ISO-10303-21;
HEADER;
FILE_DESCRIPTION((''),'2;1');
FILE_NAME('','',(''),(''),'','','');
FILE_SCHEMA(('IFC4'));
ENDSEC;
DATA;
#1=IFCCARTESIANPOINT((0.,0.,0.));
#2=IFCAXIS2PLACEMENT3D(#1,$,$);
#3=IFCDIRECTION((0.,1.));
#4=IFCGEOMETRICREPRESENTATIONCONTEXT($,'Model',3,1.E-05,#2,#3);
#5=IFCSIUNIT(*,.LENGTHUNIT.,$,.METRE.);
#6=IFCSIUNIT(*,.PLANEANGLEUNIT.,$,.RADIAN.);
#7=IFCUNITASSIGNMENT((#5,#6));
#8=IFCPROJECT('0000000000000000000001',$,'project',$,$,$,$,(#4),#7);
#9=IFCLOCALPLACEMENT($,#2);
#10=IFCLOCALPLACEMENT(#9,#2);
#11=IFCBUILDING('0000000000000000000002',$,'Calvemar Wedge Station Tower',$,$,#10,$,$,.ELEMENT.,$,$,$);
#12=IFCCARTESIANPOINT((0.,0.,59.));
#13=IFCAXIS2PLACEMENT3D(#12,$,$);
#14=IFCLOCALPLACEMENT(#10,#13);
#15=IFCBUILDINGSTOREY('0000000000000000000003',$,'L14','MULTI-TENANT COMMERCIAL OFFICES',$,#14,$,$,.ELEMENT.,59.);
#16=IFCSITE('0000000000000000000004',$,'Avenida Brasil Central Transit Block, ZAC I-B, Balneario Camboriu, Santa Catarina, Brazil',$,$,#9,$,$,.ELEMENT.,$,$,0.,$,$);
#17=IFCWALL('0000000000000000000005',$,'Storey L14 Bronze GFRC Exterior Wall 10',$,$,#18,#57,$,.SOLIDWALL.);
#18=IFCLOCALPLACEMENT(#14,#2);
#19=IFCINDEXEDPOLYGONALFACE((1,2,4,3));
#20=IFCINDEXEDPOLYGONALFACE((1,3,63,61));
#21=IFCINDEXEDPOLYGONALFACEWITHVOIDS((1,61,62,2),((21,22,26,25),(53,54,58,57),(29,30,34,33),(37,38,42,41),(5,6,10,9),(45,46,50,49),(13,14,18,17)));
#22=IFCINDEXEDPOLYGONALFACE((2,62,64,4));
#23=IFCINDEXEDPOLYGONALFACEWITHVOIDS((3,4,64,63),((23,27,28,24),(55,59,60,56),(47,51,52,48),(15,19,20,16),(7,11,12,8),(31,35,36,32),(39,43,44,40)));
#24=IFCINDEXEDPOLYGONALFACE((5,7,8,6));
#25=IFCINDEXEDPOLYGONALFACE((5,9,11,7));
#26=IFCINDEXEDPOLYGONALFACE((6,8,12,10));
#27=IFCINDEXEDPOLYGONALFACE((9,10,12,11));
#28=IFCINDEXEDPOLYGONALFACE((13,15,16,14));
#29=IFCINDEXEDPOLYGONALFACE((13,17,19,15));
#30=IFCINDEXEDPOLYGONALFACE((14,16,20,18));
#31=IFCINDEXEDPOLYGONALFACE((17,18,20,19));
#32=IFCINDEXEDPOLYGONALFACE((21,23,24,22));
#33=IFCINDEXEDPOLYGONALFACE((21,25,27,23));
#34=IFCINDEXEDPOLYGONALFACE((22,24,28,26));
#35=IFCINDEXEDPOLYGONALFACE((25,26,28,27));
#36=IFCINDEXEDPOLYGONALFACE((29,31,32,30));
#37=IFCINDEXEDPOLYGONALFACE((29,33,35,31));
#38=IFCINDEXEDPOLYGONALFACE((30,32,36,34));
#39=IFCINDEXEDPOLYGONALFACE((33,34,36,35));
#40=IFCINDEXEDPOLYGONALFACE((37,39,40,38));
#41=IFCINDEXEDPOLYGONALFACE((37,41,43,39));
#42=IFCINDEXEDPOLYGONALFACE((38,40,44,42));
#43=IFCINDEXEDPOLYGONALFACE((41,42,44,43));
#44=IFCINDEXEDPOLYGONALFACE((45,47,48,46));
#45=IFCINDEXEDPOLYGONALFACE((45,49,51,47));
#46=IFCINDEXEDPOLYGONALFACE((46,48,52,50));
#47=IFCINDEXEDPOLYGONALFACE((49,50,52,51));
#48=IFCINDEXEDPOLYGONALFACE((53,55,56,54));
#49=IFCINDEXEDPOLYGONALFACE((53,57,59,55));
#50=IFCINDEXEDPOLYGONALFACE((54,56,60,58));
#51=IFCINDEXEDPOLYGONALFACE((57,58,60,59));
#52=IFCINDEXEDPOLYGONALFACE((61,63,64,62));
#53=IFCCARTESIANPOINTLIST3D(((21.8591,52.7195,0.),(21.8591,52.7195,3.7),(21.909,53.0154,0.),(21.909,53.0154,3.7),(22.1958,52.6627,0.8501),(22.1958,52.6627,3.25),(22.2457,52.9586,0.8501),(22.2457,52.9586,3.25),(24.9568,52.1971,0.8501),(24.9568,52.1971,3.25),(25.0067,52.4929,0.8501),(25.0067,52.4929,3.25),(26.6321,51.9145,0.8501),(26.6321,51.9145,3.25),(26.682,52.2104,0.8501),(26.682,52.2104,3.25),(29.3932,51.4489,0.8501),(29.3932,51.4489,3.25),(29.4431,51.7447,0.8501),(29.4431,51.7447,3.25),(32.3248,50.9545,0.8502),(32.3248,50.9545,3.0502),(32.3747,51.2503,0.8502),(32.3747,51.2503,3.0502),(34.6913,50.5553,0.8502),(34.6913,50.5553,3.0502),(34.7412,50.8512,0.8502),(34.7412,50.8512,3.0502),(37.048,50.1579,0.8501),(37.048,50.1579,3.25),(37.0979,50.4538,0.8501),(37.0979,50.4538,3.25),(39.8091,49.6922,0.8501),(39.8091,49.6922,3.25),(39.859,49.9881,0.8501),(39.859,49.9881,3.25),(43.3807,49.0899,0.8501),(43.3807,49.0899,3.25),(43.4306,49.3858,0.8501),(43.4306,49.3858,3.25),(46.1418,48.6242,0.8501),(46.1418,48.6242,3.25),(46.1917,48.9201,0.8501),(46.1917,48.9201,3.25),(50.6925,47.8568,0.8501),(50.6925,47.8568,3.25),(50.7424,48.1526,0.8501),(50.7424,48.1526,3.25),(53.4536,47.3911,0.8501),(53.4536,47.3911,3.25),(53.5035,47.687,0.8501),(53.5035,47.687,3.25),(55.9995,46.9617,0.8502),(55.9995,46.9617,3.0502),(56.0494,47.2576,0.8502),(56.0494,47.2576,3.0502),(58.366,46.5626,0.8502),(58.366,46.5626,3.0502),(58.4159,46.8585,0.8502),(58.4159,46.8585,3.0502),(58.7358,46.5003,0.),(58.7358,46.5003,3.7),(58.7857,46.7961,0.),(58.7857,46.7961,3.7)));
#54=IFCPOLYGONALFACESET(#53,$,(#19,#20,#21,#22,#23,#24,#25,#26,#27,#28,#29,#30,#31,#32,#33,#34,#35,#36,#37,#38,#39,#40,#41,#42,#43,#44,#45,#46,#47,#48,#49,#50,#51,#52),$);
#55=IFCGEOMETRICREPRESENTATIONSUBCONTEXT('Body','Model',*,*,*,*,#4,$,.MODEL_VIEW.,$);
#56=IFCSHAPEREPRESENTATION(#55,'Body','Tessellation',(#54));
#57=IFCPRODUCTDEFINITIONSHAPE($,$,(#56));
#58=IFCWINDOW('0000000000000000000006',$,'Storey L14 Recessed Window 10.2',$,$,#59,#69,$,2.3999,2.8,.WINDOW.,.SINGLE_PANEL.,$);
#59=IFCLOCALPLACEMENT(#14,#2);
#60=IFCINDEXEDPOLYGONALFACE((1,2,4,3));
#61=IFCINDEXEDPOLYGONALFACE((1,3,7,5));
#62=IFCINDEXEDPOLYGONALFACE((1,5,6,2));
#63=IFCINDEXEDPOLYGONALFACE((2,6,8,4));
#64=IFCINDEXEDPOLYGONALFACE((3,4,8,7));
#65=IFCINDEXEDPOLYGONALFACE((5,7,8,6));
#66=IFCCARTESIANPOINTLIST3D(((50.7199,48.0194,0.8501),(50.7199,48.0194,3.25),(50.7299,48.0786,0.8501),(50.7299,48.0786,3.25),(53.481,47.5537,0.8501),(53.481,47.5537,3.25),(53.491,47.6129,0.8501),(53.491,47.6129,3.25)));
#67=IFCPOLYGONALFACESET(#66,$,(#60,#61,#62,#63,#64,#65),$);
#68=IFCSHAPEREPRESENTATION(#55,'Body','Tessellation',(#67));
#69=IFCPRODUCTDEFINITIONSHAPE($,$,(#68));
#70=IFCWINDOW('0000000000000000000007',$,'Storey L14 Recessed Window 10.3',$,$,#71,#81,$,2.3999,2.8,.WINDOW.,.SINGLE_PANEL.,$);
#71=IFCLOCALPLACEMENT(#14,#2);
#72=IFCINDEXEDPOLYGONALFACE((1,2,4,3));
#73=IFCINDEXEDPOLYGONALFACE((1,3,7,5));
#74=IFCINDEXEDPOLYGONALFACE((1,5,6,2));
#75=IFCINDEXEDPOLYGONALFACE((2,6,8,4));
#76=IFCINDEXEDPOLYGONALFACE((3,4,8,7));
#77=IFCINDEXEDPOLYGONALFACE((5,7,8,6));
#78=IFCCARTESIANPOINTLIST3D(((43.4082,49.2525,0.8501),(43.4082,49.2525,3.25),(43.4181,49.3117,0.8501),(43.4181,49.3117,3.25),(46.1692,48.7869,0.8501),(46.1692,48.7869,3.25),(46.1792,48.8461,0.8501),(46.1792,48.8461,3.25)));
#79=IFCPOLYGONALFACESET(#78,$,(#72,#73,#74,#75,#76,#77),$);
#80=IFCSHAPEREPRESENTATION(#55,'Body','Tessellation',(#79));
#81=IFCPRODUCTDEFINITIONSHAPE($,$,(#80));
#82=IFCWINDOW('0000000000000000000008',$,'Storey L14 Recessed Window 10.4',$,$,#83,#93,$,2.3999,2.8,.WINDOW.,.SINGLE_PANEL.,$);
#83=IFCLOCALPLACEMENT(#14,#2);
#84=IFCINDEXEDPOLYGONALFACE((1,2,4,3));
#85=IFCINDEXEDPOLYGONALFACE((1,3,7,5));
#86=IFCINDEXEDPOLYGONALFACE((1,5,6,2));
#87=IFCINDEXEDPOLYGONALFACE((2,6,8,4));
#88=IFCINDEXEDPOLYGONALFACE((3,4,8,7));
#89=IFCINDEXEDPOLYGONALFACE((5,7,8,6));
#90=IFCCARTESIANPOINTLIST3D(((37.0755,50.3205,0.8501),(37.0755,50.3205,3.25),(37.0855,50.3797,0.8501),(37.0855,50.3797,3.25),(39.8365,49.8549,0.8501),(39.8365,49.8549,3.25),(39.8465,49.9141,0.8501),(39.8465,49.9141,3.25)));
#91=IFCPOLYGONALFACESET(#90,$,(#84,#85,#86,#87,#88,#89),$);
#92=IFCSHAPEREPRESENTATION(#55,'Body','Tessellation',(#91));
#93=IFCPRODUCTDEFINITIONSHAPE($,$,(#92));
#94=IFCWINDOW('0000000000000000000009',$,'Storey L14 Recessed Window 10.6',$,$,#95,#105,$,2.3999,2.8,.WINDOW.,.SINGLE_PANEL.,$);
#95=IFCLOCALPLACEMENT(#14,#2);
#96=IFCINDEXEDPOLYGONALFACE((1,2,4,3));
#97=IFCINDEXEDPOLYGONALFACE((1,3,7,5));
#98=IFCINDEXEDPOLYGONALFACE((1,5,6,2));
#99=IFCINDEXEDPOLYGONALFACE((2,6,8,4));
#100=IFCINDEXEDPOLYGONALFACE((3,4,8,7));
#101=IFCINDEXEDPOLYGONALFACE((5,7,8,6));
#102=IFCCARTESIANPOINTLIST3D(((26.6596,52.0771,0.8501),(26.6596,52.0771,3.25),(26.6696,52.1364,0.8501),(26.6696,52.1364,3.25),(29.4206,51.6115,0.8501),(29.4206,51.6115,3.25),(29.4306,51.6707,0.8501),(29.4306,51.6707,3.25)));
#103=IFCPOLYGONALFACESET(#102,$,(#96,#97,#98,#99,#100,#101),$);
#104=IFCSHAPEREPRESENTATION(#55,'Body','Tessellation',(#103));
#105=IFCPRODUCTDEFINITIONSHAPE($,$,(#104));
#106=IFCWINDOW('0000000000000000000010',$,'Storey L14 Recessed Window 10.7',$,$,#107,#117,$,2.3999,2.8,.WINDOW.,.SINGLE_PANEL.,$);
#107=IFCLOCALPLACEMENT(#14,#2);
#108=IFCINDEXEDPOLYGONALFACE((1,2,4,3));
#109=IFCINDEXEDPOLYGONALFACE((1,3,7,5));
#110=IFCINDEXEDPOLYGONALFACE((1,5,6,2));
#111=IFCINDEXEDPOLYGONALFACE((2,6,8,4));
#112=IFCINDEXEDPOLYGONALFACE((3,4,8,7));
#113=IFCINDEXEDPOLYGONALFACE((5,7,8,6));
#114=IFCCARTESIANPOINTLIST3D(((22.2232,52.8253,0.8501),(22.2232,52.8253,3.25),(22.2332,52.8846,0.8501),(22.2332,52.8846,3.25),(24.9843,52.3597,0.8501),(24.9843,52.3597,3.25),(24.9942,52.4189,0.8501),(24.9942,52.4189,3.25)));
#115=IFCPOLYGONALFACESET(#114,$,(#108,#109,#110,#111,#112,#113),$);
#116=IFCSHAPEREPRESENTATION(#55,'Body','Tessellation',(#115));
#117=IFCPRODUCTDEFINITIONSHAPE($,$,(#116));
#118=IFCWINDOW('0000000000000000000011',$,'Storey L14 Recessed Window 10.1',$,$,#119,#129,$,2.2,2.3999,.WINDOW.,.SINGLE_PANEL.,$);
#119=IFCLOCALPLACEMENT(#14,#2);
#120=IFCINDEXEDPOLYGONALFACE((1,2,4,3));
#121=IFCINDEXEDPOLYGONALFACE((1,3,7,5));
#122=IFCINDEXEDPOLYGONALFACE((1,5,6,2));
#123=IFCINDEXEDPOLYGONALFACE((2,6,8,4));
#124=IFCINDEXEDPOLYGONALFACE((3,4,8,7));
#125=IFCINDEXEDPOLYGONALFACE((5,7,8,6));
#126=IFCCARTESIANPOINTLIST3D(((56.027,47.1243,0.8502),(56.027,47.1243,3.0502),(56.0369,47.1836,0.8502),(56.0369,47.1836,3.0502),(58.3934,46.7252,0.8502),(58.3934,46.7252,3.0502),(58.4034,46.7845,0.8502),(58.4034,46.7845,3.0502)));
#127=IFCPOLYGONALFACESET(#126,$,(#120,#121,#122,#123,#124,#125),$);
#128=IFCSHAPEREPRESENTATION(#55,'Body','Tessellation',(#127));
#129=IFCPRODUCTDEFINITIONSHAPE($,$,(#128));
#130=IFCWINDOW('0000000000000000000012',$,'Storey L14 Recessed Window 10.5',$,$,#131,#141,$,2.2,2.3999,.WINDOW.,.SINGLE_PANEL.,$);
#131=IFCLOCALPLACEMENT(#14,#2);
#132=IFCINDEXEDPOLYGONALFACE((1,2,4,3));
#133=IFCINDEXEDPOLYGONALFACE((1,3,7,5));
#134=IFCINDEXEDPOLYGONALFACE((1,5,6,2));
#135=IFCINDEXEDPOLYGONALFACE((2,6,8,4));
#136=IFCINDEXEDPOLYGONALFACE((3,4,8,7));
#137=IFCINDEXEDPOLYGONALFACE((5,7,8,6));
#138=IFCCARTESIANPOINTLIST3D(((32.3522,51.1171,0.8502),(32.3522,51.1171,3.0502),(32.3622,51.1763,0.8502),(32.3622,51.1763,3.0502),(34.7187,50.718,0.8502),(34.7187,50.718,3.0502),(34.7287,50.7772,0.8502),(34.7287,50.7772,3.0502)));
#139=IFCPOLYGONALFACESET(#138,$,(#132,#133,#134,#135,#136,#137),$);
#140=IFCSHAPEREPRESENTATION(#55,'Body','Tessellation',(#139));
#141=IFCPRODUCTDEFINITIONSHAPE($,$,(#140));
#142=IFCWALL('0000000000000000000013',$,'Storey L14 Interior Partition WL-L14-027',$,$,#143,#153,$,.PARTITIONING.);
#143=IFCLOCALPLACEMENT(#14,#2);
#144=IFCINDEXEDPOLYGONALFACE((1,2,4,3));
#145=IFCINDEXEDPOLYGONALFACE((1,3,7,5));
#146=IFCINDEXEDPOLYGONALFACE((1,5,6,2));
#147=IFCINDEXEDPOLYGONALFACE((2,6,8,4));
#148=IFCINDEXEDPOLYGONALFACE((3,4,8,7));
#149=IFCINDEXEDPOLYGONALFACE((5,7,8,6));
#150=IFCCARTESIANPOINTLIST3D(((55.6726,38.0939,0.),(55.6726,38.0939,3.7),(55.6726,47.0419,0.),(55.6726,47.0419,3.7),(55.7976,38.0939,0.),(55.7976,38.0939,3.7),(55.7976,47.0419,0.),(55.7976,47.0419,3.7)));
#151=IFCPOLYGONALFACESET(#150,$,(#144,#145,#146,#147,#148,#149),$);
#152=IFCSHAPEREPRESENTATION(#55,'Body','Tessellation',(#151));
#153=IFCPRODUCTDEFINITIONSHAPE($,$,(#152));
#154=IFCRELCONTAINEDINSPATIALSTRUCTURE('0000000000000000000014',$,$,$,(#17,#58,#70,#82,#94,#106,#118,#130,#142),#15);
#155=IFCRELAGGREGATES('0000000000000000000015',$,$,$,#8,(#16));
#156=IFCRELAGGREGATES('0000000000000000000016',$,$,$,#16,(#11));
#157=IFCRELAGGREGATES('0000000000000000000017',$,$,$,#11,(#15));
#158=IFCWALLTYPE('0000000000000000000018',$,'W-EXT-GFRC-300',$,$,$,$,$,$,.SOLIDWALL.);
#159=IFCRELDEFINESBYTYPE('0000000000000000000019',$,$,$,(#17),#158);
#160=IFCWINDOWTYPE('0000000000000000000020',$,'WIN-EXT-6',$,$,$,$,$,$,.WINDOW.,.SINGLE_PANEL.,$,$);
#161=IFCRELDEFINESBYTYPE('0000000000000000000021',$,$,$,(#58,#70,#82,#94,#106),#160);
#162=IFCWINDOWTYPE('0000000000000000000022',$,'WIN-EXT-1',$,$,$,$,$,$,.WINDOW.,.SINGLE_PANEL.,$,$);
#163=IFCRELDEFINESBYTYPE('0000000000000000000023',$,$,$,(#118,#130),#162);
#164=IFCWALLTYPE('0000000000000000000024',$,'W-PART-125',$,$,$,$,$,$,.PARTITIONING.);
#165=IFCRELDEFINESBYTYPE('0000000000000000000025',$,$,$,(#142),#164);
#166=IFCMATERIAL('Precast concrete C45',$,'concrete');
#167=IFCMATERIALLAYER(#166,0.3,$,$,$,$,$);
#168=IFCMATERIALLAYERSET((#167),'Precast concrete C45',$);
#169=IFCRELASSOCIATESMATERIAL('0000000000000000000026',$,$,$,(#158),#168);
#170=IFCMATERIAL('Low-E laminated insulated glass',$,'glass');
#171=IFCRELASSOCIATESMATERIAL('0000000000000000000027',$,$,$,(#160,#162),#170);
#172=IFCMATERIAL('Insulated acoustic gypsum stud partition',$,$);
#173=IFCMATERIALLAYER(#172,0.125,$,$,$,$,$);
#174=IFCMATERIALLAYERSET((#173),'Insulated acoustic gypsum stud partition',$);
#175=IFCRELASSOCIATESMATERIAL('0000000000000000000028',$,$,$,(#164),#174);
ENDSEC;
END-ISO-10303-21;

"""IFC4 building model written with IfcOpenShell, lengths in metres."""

from ifc_helpers import new_model, si_unit, direction, frame, frame_2d, origin, place, context, subcontext, project, spatial, rectangle, extrude, source, transform, mapped, material, layer, layer_set, type_object, element, fill, save


model = new_model("IFC4")

# Units and contexts
model_context = context("Model", 3, precision=1e-05, world=origin(), true_north=direction((0.0, 1.0)))
body_context = subcontext(model_context, "Body", "Model", "MODEL_VIEW")
ifc_project = project(units=[si_unit("LENGTHUNIT", "METRE"), si_unit("PLANEANGLEUNIT", "RADIAN")], contexts=[model_context])

# Site, building, storey
site_placement = place(None, origin())
site = spatial("IfcSite", under=ifc_project, at=site_placement, Name="Avenida Brasil Central Transit Block, ZAC I-B, Balneario Camboriu, Santa Catarina, Brazil", CompositionType="ELEMENT", RefElevation=0.0)
building_placement = place(site_placement, origin())
building = spatial("IfcBuilding", under=site, at=building_placement, Name="Calvemar Wedge Station Tower", CompositionType="ELEMENT")
storey_placement = place(building_placement, frame((0.0, 0.0, 59.0)))
storey = spatial("IfcBuildingStorey", under=building, at=storey_placement, Name="L14", Description="MULTI-TENANT COMMERCIAL OFFICES", CompositionType="ELEMENT", Elevation=59.0)

# Shared definitions
ifc_material_1 = material(Name="Low-E laminated insulated glass", Category="glass")

# Shared definitions
ifc_material_2 = material(Name="Precast concrete C45", Category="concrete")
ifc_layer_1 = layer(ifc_material_2, 0.3)
ifc_layer_set_1 = layer_set([ifc_layer_1], Name="Precast concrete C45")
wall_type_1 = type_object("IfcWallType", Name="W-EXT-GFRC-300", PredefinedType="SOLIDWALL", material=ifc_layer_set_1)

# Wall, openings, windows
wall_1_placement = place(storey_placement, frame((58.7607, 46.6482, 0.0), z_axis=(0.0, 0.0, 1.0), x_axis=(-0.986075, 0.166301, 0.0)))
wall_1 = element("IfcWall", 1, at=wall_1_placement, inside=storey, type_object=wall_type_1, Name="Storey L14 Bronze GFRC Exterior Wall 10", PredefinedType="SOLIDWALL", context=body_context, shape_type="SweptSolid", body=[
    extrude(rectangle(XDim=37.3975, YDim=0.3, at=frame_2d((18.6987, 0.0))), origin(), (0.0, 0.0, 1.0), 3.7),
])
shared_shape_1 = source(origin(), body_context, "Body", "SweptSolid", [
    extrude(rectangle(XDim=2.3999, YDim=2.2, at=frame_2d((1.2, 1.1001))), frame((0.0, 0.1602, 0.0), z_axis=(0.0, -1.0, 0.0), x_axis=(1.0, 0.0, 0.0)), (0.0, 0.0, 1.0), 0.3201),
])
opening_1_placement = place(wall_1_placement, frame((0.375, 0.0, 0.8501)))
opening_1 = element("IfcOpeningElement", 2, at=opening_1_placement, cuts=wall_1, PredefinedType="OPENING", context=body_context, shape_type="MappedRepresentation", body=[
    mapped(shared_shape_1, transform((0.0, 0.0, 0.0), scale=1.0)),
])
shared_shape_2 = source(origin(), body_context, "Body", "SweptSolid", [
    extrude(rectangle(XDim=2.8, YDim=2.3999, at=frame_2d((1.3999, 1.2))), frame((0.0, 0.1602, 0.0), z_axis=(0.0, -1.0, 0.0), x_axis=(1.0, 0.0, 0.0)), (0.0, 0.0, 1.0), 0.3201),
])
opening_2_placement = place(wall_1_placement, frame((5.3569, 0.0, 0.8501)))
opening_2 = element("IfcOpeningElement", 3, at=opening_2_placement, cuts=wall_1, PredefinedType="OPENING", context=body_context, shape_type="MappedRepresentation", body=[
    mapped(shared_shape_2, transform((0.0, 0.0, 0.0), scale=1.0)),
])
opening_3_placement = place(wall_1_placement, frame((12.772, 0.0, 0.8501)))
opening_3 = element("IfcOpeningElement", 4, at=opening_3_placement, cuts=wall_1, PredefinedType="OPENING", context=body_context, shape_type="MappedRepresentation", body=[
    mapped(shared_shape_2, transform((0.0, 0.0, 0.0), scale=1.0)),
])
opening_4_placement = place(wall_1_placement, frame((19.1941, 0.0, 0.8501)))
opening_4 = element("IfcOpeningElement", 5, at=opening_4_placement, cuts=wall_1, PredefinedType="OPENING", context=body_context, shape_type="MappedRepresentation", body=[
    mapped(shared_shape_2, transform((0.0, 0.0, 0.0), scale=1.0)),
])
opening_5_placement = place(wall_1_placement, frame((24.384, 0.0, 0.8501)))
opening_5 = element("IfcOpeningElement", 6, at=opening_5_placement, cuts=wall_1, PredefinedType="OPENING", context=body_context, shape_type="MappedRepresentation", body=[
    mapped(shared_shape_1, transform((0.0, 0.0, 0.0), scale=1.0)),
])
opening_6_placement = place(wall_1_placement, frame((29.7571, 0.0, 0.8501)))
opening_6 = element("IfcOpeningElement", 7, at=opening_6_placement, cuts=wall_1, PredefinedType="OPENING", context=body_context, shape_type="MappedRepresentation", body=[
    mapped(shared_shape_2, transform((0.0, 0.0, 0.0), scale=1.0)),
])
opening_7_placement = place(wall_1_placement, frame((34.2561, 0.0, 0.8501)))
opening_7 = element("IfcOpeningElement", 8, at=opening_7_placement, cuts=wall_1, PredefinedType="OPENING", context=body_context, shape_type="MappedRepresentation", body=[
    mapped(shared_shape_2, transform((0.0, 0.0, 0.0), scale=1.0)),
])
window_type_1 = type_object("IfcWindowType", Name="WIN-EXT-6", PartitioningType="SINGLE_PANEL", PredefinedType="WINDOW", material=ifc_material_1)
shared_shape_3 = source(origin(), body_context, "Body", "SweptSolid", [
    extrude(rectangle(XDim=2.8, YDim=2.3999, at=frame_2d((1.3999, 1.2))), frame((0.0, -0.0149, 0.0), z_axis=(0.0, -1.0, 0.0), x_axis=(1.0, 0.0, 0.0)), (0.0, 0.0, 1.0), 0.0601),
])
window_1_placement = place(opening_2_placement, origin())
window_1 = element("IfcWindow", 9, at=window_1_placement, inside=storey, type_object=window_type_1, Name="Storey L14 Recessed Window 10.2", OverallHeight=2.3999, OverallWidth=2.8, PartitioningType="SINGLE_PANEL", PredefinedType="WINDOW", context=body_context, shape_type="MappedRepresentation", body=[
    mapped(shared_shape_3, transform((0.0, 0.0, 0.0), scale=1.0)),
])
fill(opening_2, window_1)
window_2_placement = place(opening_3_placement, origin())
window_2 = element("IfcWindow", 10, at=window_2_placement, inside=storey, type_object=window_type_1, Name="Storey L14 Recessed Window 10.3", OverallHeight=2.3999, OverallWidth=2.8, PartitioningType="SINGLE_PANEL", PredefinedType="WINDOW", context=body_context, shape_type="MappedRepresentation", body=[
    mapped(shared_shape_3, transform((0.0, 0.0, 0.0), scale=1.0)),
])
fill(opening_3, window_2)
window_3_placement = place(opening_4_placement, origin())
window_3 = element("IfcWindow", 11, at=window_3_placement, inside=storey, type_object=window_type_1, Name="Storey L14 Recessed Window 10.4", OverallHeight=2.3999, OverallWidth=2.8, PartitioningType="SINGLE_PANEL", PredefinedType="WINDOW", context=body_context, shape_type="MappedRepresentation", body=[
    mapped(shared_shape_3, transform((0.0, 0.0, 0.0), scale=1.0)),
])
fill(opening_4, window_3)
window_4_placement = place(opening_6_placement, origin())
window_4 = element("IfcWindow", 12, at=window_4_placement, inside=storey, type_object=window_type_1, Name="Storey L14 Recessed Window 10.6", OverallHeight=2.3999, OverallWidth=2.8, PartitioningType="SINGLE_PANEL", PredefinedType="WINDOW", context=body_context, shape_type="MappedRepresentation", body=[
    mapped(shared_shape_3, transform((0.0, 0.0, 0.0), scale=1.0)),
])
fill(opening_6, window_4)
window_5_placement = place(opening_7_placement, origin())
window_5 = element("IfcWindow", 13, at=window_5_placement, inside=storey, type_object=window_type_1, Name="Storey L14 Recessed Window 10.7", OverallHeight=2.3999, OverallWidth=2.8, PartitioningType="SINGLE_PANEL", PredefinedType="WINDOW", context=body_context, shape_type="MappedRepresentation", body=[
    mapped(shared_shape_3, transform((0.0, 0.0, 0.0), scale=1.0)),
])
fill(opening_7, window_5)
window_type_2 = type_object("IfcWindowType", Name="WIN-EXT-1", PartitioningType="SINGLE_PANEL", PredefinedType="WINDOW", material=ifc_material_1)
shared_shape_4 = source(origin(), body_context, "Body", "SweptSolid", [
    extrude(rectangle(XDim=2.3999, YDim=2.2, at=frame_2d((1.2, 1.1001))), frame((0.0, -0.0149, 0.0), z_axis=(0.0, -1.0, 0.0), x_axis=(1.0, 0.0, 0.0)), (0.0, 0.0, 1.0), 0.0601),
])
window_6_placement = place(opening_1_placement, origin())
window_6 = element("IfcWindow", 14, at=window_6_placement, inside=storey, type_object=window_type_2, Name="Storey L14 Recessed Window 10.1", OverallHeight=2.2, OverallWidth=2.3999, PartitioningType="SINGLE_PANEL", PredefinedType="WINDOW", context=body_context, shape_type="MappedRepresentation", body=[
    mapped(shared_shape_4, transform((0.0, 0.0, 0.0), scale=1.0)),
])
fill(opening_1, window_6)
window_7_placement = place(opening_5_placement, origin())
window_7 = element("IfcWindow", 15, at=window_7_placement, inside=storey, type_object=window_type_2, Name="Storey L14 Recessed Window 10.5", OverallHeight=2.2, OverallWidth=2.3999, PartitioningType="SINGLE_PANEL", PredefinedType="WINDOW", context=body_context, shape_type="MappedRepresentation", body=[
    mapped(shared_shape_4, transform((0.0, 0.0, 0.0), scale=1.0)),
])
fill(opening_5, window_7)

# Wall
ifc_material_3 = material(Name="Insulated acoustic gypsum stud partition")
ifc_layer_2 = layer(ifc_material_3, 0.125)
ifc_layer_set_2 = layer_set([ifc_layer_2], Name="Insulated acoustic gypsum stud partition")
wall_type_2 = type_object("IfcWallType", Name="W-PART-125", PredefinedType="PARTITIONING", material=ifc_layer_set_2)
wall_2_placement = place(storey_placement, frame((55.7351, 47.042, 0.0), z_axis=(0.0, 0.0, 1.0), x_axis=(0.0, -1.0, 0.0)))
element("IfcWall", 16, at=wall_2_placement, inside=storey, type_object=wall_type_2, Name="Storey L14 Interior Partition WL-L14-027", PredefinedType="PARTITIONING", context=body_context, shape_type="SweptSolid", body=[
    extrude(rectangle(XDim=8.948, YDim=0.125, at=frame_2d((4.4741, 0.0))), origin(), (0.0, 0.0, 1.0), 3.7),
])

save(model, "model.ifc")
